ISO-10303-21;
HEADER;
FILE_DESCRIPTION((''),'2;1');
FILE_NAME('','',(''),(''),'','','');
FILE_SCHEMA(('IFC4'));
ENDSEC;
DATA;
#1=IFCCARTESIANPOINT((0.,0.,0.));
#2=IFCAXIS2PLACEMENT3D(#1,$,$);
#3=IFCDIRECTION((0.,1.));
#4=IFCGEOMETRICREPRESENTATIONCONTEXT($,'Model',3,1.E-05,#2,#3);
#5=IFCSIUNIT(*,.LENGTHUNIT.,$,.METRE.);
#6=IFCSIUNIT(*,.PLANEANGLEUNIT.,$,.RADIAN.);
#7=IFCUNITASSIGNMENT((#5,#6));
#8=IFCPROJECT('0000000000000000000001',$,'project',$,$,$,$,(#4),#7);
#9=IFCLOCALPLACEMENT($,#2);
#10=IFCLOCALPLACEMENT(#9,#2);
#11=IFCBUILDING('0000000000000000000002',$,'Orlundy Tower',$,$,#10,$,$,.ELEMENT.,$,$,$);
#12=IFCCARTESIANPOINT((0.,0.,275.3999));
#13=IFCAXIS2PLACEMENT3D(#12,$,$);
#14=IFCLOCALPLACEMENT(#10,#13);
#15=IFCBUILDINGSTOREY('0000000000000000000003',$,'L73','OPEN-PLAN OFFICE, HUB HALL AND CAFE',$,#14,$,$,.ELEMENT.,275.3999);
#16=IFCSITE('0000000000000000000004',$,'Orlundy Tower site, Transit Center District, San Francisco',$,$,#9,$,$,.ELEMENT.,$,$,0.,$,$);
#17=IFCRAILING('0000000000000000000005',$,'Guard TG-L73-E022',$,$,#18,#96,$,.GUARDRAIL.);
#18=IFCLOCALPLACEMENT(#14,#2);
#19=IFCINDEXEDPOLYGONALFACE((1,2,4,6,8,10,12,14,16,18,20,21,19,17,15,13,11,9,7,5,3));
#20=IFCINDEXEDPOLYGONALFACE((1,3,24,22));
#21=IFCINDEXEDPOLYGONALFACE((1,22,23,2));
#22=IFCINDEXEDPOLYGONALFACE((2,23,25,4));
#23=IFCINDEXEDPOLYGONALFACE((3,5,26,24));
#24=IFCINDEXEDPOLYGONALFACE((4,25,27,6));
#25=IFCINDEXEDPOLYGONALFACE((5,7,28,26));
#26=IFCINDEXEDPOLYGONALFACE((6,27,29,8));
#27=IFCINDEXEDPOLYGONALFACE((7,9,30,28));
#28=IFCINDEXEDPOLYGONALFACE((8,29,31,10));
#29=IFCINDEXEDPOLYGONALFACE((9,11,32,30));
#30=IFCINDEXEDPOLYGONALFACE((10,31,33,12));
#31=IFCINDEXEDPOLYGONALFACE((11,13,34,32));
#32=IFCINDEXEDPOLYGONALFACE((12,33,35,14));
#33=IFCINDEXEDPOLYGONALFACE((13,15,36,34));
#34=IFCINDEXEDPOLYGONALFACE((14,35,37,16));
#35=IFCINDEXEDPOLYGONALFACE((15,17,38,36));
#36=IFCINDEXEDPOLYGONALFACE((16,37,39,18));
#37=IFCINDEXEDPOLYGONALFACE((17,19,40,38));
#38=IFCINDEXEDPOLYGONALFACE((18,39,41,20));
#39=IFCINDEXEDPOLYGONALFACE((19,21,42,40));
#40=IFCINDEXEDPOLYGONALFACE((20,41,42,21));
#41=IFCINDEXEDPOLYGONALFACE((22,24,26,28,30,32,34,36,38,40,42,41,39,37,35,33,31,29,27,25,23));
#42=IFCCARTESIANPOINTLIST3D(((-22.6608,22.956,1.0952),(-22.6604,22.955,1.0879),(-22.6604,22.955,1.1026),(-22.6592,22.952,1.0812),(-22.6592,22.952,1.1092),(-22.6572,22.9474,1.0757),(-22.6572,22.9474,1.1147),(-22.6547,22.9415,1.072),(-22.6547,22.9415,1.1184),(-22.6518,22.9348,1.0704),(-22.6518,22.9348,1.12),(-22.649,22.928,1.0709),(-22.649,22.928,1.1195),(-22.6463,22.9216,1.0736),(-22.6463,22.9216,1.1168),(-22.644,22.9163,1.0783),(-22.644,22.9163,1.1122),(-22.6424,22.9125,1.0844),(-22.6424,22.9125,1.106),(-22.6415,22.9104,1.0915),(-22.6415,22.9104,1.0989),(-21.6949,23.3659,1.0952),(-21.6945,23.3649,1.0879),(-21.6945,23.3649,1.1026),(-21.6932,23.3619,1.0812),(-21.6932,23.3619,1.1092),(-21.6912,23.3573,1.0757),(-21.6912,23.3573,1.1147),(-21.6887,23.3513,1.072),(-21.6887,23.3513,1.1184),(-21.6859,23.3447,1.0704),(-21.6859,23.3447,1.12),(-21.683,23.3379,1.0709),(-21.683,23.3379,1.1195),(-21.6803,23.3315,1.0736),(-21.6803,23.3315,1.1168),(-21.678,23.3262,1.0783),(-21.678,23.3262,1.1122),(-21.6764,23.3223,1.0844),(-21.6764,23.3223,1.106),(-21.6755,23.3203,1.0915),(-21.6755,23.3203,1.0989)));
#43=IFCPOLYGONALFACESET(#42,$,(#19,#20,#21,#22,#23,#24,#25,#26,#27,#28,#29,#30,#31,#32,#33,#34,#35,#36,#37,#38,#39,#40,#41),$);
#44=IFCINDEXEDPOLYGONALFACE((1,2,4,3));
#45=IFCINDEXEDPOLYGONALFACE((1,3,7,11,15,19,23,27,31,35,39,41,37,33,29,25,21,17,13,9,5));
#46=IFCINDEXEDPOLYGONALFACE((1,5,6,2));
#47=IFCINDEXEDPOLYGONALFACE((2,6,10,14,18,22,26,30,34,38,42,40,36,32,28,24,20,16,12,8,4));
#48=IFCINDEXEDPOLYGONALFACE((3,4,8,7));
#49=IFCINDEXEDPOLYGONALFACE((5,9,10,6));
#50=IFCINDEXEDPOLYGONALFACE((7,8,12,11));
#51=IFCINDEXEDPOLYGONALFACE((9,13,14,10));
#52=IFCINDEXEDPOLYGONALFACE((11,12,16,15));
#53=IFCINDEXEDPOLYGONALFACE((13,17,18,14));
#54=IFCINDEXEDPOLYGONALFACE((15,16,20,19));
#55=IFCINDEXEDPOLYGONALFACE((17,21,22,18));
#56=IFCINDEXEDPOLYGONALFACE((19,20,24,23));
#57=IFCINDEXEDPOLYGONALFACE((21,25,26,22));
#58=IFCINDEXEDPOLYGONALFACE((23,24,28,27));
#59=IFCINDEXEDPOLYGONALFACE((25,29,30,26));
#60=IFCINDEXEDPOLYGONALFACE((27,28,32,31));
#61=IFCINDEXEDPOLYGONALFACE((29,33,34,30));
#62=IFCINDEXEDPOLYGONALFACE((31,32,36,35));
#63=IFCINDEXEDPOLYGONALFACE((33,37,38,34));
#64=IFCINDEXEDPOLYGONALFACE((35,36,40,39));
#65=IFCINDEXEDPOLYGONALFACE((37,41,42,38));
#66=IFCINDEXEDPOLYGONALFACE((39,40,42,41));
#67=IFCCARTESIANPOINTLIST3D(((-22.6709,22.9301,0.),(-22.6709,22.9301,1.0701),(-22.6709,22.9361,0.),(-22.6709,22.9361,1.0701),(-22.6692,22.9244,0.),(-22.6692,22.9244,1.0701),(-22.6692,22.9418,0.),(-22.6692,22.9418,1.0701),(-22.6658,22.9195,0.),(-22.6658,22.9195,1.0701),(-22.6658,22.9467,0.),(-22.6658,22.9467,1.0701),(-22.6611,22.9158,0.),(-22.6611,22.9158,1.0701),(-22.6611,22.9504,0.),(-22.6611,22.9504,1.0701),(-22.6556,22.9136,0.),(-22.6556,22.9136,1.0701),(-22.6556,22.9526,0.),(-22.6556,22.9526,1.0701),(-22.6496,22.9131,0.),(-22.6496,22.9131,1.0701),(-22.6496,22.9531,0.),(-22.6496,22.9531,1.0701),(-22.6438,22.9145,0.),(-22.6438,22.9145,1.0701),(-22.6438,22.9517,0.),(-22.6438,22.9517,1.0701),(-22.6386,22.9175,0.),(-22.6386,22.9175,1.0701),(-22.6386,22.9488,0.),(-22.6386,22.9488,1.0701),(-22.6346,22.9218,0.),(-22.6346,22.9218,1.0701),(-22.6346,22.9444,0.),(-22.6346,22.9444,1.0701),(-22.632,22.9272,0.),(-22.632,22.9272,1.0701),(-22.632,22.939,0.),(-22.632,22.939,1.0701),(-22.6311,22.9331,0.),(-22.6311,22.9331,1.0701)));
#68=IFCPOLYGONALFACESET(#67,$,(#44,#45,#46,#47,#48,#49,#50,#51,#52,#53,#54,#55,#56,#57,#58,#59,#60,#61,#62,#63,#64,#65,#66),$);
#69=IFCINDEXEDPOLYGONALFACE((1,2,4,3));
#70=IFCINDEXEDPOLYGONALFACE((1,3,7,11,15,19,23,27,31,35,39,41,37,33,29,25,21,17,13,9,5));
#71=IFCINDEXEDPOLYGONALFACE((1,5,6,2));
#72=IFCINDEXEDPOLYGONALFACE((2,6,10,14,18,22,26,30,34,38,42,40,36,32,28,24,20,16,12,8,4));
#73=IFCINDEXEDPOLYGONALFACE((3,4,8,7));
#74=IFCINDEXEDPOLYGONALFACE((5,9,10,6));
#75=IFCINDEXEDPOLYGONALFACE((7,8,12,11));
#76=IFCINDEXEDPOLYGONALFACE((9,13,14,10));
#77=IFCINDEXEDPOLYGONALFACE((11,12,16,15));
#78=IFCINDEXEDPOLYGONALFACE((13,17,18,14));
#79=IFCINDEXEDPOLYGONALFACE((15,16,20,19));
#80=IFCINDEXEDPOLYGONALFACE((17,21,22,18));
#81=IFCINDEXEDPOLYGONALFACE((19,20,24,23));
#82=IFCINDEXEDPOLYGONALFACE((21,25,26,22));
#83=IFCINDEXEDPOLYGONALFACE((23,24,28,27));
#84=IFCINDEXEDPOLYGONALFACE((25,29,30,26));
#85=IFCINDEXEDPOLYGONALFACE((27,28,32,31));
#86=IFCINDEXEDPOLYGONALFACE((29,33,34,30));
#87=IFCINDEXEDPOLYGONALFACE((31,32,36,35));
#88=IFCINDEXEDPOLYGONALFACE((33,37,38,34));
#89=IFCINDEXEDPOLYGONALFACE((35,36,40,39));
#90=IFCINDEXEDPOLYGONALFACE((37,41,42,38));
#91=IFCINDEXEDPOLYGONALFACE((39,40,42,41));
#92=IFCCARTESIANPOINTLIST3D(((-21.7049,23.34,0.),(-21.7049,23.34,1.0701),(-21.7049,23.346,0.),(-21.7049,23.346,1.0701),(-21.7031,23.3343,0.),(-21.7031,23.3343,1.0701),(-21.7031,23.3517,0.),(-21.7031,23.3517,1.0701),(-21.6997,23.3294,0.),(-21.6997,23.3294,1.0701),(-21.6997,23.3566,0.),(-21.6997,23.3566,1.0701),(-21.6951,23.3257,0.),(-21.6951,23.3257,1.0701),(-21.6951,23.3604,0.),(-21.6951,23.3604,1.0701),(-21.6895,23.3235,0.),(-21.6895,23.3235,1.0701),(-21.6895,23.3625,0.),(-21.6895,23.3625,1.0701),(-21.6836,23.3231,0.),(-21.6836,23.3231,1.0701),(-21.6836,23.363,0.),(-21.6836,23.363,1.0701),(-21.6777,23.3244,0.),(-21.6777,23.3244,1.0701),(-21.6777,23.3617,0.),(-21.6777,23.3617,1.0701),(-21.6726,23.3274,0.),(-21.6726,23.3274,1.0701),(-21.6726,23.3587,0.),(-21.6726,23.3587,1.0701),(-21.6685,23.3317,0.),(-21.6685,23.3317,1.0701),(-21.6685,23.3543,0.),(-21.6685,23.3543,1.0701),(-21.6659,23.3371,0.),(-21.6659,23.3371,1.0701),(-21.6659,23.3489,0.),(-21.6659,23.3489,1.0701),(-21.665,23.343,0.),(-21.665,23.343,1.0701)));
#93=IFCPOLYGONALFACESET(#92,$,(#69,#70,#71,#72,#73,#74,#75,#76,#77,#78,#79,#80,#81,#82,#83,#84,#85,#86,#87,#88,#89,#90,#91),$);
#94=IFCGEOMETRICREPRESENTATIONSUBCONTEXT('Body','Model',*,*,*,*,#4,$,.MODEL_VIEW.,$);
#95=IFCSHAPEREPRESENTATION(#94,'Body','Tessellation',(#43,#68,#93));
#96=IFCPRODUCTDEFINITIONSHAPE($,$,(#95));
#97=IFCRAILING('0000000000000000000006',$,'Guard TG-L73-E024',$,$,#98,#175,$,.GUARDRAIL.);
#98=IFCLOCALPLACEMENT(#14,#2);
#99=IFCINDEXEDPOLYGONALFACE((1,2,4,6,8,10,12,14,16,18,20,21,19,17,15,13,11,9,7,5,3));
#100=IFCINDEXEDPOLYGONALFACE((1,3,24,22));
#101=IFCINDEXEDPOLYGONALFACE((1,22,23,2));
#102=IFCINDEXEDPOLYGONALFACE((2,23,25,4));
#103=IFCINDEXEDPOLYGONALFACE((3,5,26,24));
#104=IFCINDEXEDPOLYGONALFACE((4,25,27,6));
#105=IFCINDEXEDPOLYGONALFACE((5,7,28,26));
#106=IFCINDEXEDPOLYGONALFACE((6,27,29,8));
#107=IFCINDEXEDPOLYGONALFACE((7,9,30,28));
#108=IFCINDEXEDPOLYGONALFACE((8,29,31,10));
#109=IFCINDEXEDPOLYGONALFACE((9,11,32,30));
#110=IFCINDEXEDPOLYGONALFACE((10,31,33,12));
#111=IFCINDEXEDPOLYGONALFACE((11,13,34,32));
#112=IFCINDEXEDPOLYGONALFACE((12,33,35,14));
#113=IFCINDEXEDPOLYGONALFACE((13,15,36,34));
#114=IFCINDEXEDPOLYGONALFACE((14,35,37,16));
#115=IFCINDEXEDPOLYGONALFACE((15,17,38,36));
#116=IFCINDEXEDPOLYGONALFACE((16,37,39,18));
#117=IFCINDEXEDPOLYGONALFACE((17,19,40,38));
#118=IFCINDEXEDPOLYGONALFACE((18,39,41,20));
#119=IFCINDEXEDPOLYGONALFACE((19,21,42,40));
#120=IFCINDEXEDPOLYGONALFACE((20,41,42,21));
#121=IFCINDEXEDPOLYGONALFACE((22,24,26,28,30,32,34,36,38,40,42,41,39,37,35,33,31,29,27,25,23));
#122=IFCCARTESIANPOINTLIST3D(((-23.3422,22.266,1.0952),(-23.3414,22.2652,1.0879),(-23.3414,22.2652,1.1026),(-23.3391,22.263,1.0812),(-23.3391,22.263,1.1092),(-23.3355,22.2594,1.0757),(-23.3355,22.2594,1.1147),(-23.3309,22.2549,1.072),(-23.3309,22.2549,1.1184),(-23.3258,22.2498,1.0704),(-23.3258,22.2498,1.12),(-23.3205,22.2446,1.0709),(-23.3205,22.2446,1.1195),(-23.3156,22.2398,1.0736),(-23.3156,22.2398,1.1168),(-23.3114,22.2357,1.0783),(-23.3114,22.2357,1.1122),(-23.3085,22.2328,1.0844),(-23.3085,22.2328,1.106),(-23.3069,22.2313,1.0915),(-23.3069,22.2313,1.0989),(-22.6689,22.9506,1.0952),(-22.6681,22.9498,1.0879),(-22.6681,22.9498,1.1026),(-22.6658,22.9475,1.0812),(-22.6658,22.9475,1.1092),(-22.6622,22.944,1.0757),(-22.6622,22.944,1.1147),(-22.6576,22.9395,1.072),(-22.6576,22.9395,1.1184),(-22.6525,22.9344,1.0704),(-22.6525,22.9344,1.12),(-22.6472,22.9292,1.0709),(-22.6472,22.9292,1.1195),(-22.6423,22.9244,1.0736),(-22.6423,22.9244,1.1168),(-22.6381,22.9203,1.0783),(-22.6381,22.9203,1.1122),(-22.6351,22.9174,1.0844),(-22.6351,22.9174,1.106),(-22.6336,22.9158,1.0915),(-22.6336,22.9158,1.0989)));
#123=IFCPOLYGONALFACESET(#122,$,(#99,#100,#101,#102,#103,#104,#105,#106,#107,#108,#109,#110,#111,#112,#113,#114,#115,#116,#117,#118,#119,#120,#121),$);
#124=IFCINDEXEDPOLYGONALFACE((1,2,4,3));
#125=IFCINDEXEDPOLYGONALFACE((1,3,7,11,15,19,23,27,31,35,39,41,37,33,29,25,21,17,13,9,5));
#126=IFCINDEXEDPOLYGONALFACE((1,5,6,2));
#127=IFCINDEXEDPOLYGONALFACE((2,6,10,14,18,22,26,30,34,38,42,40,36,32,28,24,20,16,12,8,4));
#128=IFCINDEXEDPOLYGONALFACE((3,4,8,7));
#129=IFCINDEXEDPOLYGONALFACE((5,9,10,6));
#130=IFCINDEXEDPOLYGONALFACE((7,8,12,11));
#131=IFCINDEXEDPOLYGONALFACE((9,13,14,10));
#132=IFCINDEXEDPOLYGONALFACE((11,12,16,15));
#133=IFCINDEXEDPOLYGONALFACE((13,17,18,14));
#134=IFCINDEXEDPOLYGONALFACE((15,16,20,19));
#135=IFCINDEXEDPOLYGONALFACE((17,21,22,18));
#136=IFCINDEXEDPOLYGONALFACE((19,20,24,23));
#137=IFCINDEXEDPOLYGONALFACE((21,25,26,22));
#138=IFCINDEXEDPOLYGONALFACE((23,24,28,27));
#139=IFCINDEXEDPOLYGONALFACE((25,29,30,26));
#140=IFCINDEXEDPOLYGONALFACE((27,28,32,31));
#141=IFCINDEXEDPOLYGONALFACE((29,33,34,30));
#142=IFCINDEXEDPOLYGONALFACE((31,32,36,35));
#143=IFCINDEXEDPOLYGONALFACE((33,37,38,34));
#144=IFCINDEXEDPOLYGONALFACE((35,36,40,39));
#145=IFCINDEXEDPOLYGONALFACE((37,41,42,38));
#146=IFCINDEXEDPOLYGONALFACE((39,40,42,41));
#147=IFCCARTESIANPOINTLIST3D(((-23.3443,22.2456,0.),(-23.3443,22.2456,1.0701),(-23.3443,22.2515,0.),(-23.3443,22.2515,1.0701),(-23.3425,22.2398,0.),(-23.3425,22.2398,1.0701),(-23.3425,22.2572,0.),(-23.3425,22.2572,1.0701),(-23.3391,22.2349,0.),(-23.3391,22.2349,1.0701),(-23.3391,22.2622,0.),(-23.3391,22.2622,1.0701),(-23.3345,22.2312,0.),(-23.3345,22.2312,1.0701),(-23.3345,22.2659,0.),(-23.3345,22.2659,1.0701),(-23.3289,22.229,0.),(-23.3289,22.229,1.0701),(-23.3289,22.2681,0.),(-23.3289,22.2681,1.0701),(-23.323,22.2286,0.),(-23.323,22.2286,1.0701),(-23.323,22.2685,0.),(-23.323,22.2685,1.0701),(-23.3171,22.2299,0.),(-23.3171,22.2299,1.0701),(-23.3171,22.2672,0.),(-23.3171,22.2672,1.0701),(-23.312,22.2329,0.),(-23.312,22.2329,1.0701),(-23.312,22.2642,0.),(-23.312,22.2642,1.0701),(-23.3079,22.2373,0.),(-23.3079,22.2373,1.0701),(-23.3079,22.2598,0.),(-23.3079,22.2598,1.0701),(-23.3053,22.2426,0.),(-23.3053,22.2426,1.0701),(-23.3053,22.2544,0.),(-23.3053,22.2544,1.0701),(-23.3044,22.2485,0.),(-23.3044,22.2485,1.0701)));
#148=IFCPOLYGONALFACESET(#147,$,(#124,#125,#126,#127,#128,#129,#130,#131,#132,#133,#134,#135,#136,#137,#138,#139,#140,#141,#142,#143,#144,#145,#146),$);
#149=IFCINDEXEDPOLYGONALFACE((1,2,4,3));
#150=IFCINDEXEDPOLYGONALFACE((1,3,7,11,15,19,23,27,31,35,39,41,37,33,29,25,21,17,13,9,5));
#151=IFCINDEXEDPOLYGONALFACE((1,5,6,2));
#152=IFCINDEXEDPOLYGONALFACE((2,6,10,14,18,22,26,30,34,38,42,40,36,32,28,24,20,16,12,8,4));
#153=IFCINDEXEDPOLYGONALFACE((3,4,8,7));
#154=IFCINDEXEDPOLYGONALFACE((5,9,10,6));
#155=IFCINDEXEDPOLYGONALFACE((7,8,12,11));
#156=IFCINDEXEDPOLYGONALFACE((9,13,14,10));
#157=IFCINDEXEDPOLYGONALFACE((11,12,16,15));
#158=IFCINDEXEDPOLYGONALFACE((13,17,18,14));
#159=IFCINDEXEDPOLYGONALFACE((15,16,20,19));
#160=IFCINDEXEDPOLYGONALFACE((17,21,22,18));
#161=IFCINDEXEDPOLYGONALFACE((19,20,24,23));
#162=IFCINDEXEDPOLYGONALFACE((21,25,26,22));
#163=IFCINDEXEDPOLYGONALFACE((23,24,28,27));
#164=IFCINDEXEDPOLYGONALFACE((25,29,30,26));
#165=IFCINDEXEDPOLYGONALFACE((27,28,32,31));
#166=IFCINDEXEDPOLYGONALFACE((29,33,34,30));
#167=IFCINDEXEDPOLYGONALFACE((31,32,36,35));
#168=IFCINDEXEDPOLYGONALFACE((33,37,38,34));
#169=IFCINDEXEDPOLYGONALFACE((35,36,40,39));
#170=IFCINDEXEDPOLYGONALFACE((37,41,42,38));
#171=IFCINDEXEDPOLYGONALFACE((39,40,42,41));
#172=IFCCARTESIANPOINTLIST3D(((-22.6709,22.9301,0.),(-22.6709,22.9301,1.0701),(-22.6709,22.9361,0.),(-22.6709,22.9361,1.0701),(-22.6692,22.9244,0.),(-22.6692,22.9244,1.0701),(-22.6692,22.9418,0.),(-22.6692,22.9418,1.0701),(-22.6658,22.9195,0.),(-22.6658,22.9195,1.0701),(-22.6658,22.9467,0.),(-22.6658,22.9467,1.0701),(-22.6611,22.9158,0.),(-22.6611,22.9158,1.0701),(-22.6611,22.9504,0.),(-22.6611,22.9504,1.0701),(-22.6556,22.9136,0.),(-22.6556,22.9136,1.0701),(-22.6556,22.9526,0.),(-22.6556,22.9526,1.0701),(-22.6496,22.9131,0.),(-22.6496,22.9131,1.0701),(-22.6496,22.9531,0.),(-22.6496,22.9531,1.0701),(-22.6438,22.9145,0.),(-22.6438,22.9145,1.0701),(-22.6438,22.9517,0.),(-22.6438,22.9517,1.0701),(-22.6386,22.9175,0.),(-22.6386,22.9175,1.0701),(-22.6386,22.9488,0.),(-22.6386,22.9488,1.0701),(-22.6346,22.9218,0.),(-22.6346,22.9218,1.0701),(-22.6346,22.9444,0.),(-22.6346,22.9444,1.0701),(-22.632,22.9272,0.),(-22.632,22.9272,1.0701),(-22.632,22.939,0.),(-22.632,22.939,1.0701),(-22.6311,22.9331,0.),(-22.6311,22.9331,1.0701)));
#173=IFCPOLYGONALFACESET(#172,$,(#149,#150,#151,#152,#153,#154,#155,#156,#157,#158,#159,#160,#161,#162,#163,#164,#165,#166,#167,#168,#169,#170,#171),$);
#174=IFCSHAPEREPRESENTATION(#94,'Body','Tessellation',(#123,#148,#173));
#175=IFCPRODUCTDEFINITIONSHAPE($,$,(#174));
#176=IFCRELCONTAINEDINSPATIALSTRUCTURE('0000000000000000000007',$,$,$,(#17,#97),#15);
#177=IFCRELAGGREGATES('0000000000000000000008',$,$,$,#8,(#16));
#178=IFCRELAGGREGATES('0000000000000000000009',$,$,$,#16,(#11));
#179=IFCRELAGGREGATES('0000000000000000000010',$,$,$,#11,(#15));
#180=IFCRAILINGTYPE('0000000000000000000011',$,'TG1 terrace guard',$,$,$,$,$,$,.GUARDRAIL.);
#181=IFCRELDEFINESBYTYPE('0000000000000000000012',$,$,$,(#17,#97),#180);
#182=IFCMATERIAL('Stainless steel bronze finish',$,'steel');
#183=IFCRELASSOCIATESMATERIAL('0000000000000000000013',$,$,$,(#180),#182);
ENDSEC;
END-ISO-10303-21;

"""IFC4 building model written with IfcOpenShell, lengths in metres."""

from ifc_helpers import new_model, si_unit, direction, frame, origin, origin_2d, place, context, subcontext, project, spatial, circle, extrude, material, type_object, element, save


model = new_model("IFC4")

# Units and contexts
model_context = context("Model", 3, precision=1e-05, world=origin(), true_north=direction((0.0, 1.0)))
body_context = subcontext(model_context, "Body", "Model", "MODEL_VIEW")
ifc_project = project(units=[si_unit("LENGTHUNIT", "METRE"), si_unit("PLANEANGLEUNIT", "RADIAN")], contexts=[model_context])

# Site, building, storey
site_placement = place(None, origin())
site = spatial("IfcSite", under=ifc_project, at=site_placement, Name="Orlundy Tower site, Transit Center District, San Francisco", CompositionType="ELEMENT", RefElevation=0.0)
building_placement = place(site_placement, origin())
building = spatial("IfcBuilding", under=site, at=building_placement, Name="Orlundy Tower", CompositionType="ELEMENT")
storey_placement = place(building_placement, frame((0.0, 0.0, 275.3999)))
storey = spatial("IfcBuildingStorey", under=building, at=storey_placement, Name="L73", Description="OPEN-PLAN OFFICE, HUB HALL AND CAFE", CompositionType="ELEMENT", Elevation=275.3999)

# Railings
ifc_material_1 = material(Name="Stainless steel bronze finish", Category="steel")
railing_type = type_object("IfcRailingType", Name="TG1 terrace guard", PredefinedType="GUARDRAIL", material=ifc_material_1)
railing_1_placement = place(storey_placement, frame((-22.6511, 22.9331, 0.0)))
element("IfcRailing", 1, at=railing_1_placement, inside=storey, type_object=railing_type, Name="Guard TG-L73-E022", PredefinedType="GUARDRAIL", context=body_context, shape_type="SweptSolid", body=[
    extrude(circle(Radius=0.0249, at=origin_2d()), frame((0.0, 0.0, 1.0952), z_axis=(0.920559, 0.390604, 0.0), x_axis=(-0.390604, 0.920559, 0.0)), (0.0, 0.0, 1.0), 1.0493),
    extrude(circle(Radius=0.02, at=origin_2d()), origin(), (0.0, 0.0, 1.0), 1.0701),
    extrude(circle(Radius=0.02, at=origin_2d()), frame((0.9661, 0.4099, 0.0)), (0.0, 0.0, 1.0), 1.0701),
])
railing_2_placement = place(storey_placement, frame((-23.3245, 22.2485, 0.0)))
element("IfcRailing", 2, at=railing_2_placement, inside=storey, type_object=railing_type, Name="Guard TG-L73-E024", PredefinedType="GUARDRAIL", context=body_context, shape_type="SweptSolid", body=[
    extrude(circle(Radius=0.0249, at=origin_2d()), frame((0.0, 0.0, 1.0952), z_axis=(0.701235, 0.71293, 0.0), x_axis=(-0.71293, 0.701235, 0.0)), (0.0, 0.0, 1.0), 0.9602),
    extrude(circle(Radius=0.02, at=origin_2d()), origin(), (0.0, 0.0, 1.0), 1.0701),
    extrude(circle(Radius=0.02, at=origin_2d()), frame((0.6733, 0.6846, 0.0)), (0.0, 0.0, 1.0), 1.0701),
])

save(model, "model.ifc")
